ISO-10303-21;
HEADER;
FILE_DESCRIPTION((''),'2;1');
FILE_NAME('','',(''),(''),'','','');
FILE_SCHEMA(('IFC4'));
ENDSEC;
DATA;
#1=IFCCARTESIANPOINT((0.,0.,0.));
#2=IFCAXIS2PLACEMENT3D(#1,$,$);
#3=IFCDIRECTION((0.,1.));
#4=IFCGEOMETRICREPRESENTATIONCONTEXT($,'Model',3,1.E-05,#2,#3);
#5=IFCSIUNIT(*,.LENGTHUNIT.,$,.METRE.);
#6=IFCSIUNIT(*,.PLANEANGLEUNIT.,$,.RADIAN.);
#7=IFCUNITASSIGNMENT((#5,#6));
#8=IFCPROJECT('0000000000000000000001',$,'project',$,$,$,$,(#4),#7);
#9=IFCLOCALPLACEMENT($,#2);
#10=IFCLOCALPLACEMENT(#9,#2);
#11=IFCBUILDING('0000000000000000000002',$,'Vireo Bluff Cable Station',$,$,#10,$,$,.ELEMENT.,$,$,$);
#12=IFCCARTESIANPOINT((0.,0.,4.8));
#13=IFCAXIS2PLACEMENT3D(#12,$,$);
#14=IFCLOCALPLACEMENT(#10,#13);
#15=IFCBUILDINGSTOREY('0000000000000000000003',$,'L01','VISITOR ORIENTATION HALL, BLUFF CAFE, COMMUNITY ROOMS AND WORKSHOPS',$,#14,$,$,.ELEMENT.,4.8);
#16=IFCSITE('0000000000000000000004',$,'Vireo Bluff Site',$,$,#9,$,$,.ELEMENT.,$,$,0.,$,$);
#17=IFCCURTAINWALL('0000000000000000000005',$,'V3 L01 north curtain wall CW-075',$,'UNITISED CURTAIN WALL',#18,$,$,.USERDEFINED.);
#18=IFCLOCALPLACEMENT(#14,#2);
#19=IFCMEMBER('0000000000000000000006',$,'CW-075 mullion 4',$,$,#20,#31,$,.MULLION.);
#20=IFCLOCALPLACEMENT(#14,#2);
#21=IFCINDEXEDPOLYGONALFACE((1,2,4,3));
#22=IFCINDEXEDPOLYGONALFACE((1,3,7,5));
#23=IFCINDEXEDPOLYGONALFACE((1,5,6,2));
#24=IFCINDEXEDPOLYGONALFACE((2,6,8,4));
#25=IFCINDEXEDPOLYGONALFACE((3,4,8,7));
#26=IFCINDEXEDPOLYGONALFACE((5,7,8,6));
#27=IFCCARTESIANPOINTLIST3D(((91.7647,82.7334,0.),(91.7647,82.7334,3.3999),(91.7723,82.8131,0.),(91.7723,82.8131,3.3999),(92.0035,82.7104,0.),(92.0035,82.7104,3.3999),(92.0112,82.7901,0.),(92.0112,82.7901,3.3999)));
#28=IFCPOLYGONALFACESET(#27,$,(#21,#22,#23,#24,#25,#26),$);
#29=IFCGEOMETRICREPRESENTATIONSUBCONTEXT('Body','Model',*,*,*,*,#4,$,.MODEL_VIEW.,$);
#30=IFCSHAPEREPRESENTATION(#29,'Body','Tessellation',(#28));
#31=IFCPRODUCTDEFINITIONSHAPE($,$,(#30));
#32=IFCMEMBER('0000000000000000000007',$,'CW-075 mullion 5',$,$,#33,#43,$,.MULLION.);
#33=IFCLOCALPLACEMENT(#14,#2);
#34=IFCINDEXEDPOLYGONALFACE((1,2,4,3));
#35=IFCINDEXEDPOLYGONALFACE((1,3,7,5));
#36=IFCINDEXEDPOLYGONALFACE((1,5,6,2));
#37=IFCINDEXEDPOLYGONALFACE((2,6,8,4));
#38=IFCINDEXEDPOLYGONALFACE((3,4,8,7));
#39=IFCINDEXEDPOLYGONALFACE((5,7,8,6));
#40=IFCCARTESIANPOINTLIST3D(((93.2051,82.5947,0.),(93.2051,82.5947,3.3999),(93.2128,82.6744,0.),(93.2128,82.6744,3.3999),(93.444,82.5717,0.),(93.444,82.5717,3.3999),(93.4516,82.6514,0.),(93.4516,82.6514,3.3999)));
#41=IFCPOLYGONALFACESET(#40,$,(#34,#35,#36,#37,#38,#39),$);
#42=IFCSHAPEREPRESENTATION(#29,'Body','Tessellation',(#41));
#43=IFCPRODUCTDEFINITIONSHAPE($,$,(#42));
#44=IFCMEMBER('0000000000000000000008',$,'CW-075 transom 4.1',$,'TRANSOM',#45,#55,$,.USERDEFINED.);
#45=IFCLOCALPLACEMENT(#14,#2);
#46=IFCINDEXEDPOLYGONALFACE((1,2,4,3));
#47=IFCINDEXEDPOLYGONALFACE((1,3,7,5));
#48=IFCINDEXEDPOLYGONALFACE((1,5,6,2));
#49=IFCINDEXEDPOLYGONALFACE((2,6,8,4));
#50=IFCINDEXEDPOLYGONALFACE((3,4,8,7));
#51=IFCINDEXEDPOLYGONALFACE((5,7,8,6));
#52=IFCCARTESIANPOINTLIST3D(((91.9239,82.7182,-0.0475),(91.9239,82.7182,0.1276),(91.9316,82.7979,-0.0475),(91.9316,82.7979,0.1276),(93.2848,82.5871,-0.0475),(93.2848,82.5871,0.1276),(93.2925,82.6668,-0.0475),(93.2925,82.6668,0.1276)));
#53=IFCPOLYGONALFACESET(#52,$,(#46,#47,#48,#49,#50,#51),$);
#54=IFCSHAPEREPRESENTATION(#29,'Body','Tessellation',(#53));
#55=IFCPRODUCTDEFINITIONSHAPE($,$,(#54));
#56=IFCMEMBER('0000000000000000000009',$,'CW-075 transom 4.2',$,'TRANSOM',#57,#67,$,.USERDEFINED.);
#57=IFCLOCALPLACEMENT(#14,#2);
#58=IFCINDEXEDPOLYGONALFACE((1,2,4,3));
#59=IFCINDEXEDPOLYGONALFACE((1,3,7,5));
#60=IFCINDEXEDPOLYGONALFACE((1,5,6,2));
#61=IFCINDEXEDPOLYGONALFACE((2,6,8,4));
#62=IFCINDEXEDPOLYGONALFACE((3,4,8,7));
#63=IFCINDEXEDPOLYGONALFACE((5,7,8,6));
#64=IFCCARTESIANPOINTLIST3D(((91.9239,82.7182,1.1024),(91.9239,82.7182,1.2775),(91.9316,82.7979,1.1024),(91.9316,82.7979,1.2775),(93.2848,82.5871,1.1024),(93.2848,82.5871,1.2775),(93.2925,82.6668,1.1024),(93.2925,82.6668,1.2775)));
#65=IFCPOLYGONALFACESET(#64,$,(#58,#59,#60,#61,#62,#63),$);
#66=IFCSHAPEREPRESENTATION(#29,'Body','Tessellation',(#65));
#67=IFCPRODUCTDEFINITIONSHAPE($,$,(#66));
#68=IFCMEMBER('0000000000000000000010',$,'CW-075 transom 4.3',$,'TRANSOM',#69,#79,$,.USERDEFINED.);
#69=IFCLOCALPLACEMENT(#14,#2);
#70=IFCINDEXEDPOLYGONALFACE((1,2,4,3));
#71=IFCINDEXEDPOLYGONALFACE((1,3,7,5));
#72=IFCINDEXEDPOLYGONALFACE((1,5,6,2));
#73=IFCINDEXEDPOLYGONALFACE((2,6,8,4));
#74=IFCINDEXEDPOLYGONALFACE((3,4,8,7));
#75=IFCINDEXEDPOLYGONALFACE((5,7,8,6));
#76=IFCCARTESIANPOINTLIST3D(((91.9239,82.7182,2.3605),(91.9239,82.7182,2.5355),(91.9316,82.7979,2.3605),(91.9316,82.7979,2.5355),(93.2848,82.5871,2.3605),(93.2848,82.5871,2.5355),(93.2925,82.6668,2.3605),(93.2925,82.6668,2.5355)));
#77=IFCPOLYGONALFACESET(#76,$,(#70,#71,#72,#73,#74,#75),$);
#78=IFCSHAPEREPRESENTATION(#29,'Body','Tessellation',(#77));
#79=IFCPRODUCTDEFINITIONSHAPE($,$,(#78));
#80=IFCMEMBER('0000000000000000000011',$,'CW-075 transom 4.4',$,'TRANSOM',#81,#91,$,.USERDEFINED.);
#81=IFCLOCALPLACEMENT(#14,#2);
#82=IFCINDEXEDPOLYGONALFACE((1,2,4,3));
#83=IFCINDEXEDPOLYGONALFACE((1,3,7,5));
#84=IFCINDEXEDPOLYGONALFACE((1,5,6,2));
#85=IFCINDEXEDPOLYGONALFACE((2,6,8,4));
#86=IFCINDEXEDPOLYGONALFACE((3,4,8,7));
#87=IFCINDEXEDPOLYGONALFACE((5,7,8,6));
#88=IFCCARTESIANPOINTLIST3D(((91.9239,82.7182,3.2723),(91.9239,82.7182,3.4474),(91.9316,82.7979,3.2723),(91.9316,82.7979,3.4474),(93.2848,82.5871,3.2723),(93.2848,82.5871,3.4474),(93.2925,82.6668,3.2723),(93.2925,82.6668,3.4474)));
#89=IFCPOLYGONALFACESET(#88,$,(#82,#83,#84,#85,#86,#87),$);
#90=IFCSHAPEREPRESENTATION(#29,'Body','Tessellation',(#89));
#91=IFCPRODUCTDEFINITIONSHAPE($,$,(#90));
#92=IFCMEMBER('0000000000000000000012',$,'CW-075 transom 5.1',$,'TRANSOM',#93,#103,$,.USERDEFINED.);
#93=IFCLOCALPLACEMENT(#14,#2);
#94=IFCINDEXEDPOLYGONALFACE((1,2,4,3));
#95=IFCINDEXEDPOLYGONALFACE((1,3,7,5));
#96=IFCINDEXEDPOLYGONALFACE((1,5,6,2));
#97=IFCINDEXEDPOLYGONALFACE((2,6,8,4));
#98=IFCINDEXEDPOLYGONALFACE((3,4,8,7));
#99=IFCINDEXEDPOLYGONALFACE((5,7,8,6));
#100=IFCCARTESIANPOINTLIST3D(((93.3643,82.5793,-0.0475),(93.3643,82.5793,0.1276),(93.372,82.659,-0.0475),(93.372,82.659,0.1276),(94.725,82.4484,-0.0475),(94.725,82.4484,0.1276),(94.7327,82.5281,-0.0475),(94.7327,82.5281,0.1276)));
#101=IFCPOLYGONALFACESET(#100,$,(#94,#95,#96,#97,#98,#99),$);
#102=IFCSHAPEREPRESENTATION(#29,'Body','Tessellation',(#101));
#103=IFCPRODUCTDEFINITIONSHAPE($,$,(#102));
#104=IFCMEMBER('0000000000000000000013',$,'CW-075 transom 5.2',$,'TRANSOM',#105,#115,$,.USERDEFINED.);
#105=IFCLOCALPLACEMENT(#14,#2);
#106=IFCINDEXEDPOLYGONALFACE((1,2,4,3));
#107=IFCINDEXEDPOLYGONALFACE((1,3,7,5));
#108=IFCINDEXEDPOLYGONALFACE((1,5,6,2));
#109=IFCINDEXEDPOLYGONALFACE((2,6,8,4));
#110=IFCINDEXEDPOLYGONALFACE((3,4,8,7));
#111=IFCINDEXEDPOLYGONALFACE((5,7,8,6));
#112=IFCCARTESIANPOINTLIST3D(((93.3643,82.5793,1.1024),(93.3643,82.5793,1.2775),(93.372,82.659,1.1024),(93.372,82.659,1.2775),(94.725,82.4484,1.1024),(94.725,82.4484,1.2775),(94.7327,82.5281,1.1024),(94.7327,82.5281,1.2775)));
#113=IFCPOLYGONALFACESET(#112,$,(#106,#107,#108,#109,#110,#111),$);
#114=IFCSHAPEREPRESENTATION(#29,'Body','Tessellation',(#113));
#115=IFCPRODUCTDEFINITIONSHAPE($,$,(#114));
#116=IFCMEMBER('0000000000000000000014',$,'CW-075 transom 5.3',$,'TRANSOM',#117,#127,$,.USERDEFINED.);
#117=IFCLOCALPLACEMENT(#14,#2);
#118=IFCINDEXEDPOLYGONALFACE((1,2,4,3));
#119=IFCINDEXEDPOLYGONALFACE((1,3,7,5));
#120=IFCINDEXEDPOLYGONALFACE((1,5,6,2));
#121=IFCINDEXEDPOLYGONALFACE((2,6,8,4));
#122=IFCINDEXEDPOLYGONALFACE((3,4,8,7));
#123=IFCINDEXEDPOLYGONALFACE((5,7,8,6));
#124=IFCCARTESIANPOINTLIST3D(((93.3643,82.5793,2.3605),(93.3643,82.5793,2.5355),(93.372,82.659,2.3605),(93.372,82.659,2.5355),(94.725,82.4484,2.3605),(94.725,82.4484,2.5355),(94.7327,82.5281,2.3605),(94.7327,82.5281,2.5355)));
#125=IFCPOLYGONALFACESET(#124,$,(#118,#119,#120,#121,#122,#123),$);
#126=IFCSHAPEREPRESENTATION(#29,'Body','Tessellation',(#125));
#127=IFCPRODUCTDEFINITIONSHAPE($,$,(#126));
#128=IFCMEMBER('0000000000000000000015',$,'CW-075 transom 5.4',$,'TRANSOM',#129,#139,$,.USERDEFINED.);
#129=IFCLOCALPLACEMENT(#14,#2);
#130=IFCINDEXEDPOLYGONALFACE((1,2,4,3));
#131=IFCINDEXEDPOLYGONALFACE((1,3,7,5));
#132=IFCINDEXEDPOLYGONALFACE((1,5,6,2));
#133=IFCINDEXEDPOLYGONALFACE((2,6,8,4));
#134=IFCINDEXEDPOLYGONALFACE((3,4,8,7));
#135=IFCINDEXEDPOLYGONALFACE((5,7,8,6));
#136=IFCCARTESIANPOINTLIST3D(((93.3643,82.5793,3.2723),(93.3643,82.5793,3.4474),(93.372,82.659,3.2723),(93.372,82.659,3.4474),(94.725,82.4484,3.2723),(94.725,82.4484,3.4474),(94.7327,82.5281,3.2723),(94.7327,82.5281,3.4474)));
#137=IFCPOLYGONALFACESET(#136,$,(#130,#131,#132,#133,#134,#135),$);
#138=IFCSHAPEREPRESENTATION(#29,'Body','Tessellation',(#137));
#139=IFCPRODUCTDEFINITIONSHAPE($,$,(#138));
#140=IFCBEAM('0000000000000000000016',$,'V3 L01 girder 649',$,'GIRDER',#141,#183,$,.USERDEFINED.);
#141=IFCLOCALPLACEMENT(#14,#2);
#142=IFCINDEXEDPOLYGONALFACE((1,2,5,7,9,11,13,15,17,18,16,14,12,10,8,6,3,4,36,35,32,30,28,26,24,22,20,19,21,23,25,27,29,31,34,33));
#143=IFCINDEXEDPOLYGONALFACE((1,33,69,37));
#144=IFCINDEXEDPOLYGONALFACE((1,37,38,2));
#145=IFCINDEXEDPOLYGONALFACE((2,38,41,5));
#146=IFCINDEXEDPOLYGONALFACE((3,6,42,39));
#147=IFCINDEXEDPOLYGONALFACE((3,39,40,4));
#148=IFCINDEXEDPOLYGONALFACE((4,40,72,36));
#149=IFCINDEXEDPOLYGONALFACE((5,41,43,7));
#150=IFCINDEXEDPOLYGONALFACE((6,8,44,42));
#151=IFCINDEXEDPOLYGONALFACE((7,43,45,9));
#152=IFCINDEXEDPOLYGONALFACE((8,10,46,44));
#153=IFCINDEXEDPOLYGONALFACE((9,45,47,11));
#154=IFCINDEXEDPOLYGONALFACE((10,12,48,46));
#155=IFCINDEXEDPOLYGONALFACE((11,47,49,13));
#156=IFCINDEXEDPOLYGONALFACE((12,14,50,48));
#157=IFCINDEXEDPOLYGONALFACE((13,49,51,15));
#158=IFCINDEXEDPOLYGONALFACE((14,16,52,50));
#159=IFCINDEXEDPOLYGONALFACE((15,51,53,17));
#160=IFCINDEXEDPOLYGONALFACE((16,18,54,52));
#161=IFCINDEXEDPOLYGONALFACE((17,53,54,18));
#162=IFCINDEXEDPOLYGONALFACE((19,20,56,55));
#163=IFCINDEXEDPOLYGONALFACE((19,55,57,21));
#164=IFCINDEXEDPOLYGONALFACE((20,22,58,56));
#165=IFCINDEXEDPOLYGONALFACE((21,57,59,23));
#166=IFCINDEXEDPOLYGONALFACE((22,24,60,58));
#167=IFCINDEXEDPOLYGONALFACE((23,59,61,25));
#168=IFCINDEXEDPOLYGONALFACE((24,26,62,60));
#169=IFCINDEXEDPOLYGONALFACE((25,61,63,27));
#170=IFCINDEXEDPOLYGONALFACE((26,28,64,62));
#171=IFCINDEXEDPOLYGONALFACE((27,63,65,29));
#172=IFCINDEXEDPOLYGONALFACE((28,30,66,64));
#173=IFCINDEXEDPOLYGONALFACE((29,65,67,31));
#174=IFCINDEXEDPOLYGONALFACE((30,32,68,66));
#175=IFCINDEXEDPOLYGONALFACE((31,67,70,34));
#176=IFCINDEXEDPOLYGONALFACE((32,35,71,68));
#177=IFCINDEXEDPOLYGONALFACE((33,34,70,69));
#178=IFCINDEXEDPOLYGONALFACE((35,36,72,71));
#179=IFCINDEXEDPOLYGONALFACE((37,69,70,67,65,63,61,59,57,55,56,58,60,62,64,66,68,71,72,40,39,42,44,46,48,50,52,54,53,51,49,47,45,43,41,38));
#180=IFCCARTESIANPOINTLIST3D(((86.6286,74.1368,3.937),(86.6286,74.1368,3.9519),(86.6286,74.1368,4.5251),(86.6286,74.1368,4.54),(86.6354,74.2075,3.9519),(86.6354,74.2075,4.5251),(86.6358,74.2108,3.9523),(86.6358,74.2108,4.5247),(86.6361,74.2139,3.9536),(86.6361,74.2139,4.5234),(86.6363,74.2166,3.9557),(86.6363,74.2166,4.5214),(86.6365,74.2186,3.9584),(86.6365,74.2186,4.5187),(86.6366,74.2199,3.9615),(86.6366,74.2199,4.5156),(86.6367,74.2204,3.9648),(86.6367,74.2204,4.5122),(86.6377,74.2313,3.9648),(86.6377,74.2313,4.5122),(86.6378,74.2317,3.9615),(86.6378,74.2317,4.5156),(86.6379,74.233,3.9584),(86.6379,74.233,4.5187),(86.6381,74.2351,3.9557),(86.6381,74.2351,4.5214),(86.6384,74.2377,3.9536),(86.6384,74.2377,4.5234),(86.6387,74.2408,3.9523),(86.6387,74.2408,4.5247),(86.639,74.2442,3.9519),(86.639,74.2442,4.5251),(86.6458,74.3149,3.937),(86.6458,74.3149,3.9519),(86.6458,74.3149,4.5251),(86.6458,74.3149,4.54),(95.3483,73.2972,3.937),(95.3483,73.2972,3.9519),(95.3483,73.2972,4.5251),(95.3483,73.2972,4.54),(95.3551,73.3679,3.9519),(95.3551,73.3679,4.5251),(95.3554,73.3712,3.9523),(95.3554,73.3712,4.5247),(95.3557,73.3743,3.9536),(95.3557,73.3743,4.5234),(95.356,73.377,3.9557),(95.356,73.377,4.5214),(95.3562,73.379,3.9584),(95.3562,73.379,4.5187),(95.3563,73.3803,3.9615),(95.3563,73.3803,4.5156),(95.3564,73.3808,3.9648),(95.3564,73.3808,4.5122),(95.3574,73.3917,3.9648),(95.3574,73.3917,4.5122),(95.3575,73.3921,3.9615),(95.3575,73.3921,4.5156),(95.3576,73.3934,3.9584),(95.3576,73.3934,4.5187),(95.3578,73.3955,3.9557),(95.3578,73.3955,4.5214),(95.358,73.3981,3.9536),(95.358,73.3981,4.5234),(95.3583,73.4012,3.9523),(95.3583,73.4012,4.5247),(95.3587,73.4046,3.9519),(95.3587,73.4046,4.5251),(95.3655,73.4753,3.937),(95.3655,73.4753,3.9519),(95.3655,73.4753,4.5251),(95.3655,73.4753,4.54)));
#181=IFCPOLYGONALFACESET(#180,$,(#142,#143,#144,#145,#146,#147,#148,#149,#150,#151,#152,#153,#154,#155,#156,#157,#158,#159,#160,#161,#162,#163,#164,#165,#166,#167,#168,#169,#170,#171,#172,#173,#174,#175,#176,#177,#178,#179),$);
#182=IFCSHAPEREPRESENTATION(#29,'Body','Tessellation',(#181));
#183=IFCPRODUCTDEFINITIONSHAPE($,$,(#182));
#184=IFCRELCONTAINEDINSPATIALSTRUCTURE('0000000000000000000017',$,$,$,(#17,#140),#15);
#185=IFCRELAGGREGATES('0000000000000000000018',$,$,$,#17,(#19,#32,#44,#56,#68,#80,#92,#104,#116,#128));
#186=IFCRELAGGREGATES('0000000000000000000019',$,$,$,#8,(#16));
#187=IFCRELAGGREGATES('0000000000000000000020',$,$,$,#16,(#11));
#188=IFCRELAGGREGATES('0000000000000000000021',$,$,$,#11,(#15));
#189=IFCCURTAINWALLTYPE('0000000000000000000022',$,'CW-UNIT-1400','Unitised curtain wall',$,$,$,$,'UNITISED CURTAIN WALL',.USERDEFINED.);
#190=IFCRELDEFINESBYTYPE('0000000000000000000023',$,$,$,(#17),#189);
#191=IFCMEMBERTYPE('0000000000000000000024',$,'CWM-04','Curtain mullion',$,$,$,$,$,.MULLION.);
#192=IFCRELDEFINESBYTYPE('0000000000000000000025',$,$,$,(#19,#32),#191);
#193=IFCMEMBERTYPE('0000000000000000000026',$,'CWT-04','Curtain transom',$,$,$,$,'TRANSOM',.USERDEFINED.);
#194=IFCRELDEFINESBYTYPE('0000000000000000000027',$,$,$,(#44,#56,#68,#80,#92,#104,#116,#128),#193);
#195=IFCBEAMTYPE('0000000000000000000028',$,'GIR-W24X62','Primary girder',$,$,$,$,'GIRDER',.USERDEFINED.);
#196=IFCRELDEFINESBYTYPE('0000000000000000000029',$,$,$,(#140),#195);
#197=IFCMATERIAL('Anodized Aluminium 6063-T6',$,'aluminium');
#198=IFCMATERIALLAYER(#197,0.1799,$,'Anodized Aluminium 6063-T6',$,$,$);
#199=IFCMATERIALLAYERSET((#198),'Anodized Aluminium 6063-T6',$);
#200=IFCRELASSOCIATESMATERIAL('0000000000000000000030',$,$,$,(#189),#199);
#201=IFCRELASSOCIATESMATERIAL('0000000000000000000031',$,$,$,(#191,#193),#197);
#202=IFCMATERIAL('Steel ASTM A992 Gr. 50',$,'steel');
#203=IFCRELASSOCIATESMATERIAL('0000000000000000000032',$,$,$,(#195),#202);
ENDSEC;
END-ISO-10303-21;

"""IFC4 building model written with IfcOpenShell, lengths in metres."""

from ifc_helpers import new_model, si_unit, direction, frame, origin, origin_2d, place, context, subcontext, project, spatial, rectangle, i_section, extrude, material, layer, layer_set, material_profile, profile_set, type_object, element, aggregate, save


model = new_model("IFC4")

# Units and contexts
model_context = context("Model", 3, precision=1e-05, world=origin(), true_north=direction((0.0, 1.0)))
body_context = subcontext(model_context, "Body", "Model", "MODEL_VIEW")
ifc_project = project(units=[si_unit("LENGTHUNIT", "METRE"), si_unit("PLANEANGLEUNIT", "RADIAN")], contexts=[model_context])

# Site, building, storey
site_placement = place(None, origin())
site = spatial("IfcSite", under=ifc_project, at=site_placement, Name="Vireo Bluff Site", CompositionType="ELEMENT", RefElevation=0.0)
building_placement = place(site_placement, origin())
building = spatial("IfcBuilding", under=site, at=building_placement, Name="Vireo Bluff Cable Station", CompositionType="ELEMENT")
storey_placement = place(building_placement, frame((0.0, 0.0, 4.8)))
storey = spatial("IfcBuildingStorey", under=building, at=storey_placement, Name="L01", Description="VISITOR ORIENTATION HALL, BLUFF CAFE, COMMUNITY ROOMS AND WORKSHOPS", CompositionType="ELEMENT", Elevation=4.8)

# Curtain wall, members
ifc_material_1 = material(Name="Anodized Aluminium 6063-T6", Category="aluminium")
ifc_layer_1 = layer(ifc_material_1, 0.1799, Name="Anodized Aluminium 6063-T6")
ifc_layer_set_1 = layer_set([ifc_layer_1], Name="Anodized Aluminium 6063-T6")
curtain_wall_type = type_object("IfcCurtainWallType", Name="CW-UNIT-1400", Description="Unitised curtain wall", ElementType="UNITISED CURTAIN WALL", PredefinedType="USERDEFINED", material=ifc_layer_set_1)
curtain_wall_placement = place(storey_placement, origin())
curtain_wall = element("IfcCurtainWall", 1, at=curtain_wall_placement, inside=storey, type_object=curtain_wall_type, Name="V3 L01 north curtain wall CW-075", ObjectType="UNITISED CURTAIN WALL", PredefinedType="USERDEFINED")
ifc_material_profile_1 = material_profile(ifc_material_1, rectangle(XDim=0.0801, YDim=0.24, at=origin_2d()), Name="ALU-M-80X240")
ifc_profile_set_1 = profile_set([ifc_material_profile_1], Name="Anodized Aluminium 6063-T6")
member_type_1 = type_object("IfcMemberType", Name="CWM-04", Description="Curtain mullion", PredefinedType="MULLION", material=ifc_profile_set_1)
member_1_placement = place(storey_placement, frame((91.8879, 82.7617, 0.0), z_axis=(0.0, 0.0, 1.0), x_axis=(0.095846, 0.995396, 0.0)))
member_1 = element("IfcMember", 2, at=member_1_placement, type_object=member_type_1, Name="CW-075 mullion 4", PredefinedType="MULLION", context=body_context, shape_type="SweptSolid", body=[
    extrude(rectangle(XDim=0.0801, YDim=0.24, at=origin_2d()), origin(), (0.0, 0.0, 1.0), 3.3999),
])
member_2_placement = place(storey_placement, frame((93.3284, 82.623, 0.0), z_axis=(0.0, 0.0, 1.0), x_axis=(0.095846, 0.995396, 0.0)))
member_2 = element("IfcMember", 3, at=member_2_placement, type_object=member_type_1, Name="CW-075 mullion 5", PredefinedType="MULLION", context=body_context, shape_type="SweptSolid", body=[
    extrude(rectangle(XDim=0.0801, YDim=0.24, at=origin_2d()), origin(), (0.0, 0.0, 1.0), 3.3999),
])
ifc_material_profile_2 = material_profile(ifc_material_1, rectangle(XDim=0.0801, YDim=0.175, at=origin_2d()), Name="ALU-T-80X175")
ifc_profile_set_2 = profile_set([ifc_material_profile_2], Name="Anodized Aluminium 6063-T6")
member_type_2 = type_object("IfcMemberType", Name="CWT-04", Description="Curtain transom", ElementType="TRANSOM", PredefinedType="USERDEFINED", material=ifc_profile_set_2)
member_3_placement = place(storey_placement, frame((91.9277, 82.7581, 0.04), z_axis=(0.995391, -0.095896, 0.0), x_axis=(0.095896, 0.995391, 0.0)))
member_3 = element("IfcMember", 4, at=member_3_placement, type_object=member_type_2, Name="CW-075 transom 4.1", ObjectType="TRANSOM", PredefinedType="USERDEFINED", context=body_context, shape_type="SweptSolid", body=[
    extrude(rectangle(XDim=0.0801, YDim=0.175, at=origin_2d()), origin(), (0.0, 0.0, 1.0), 1.3672),
])
member_4_placement = place(storey_placement, frame((91.9277, 82.7581, 1.1899), z_axis=(0.995391, -0.095896, 0.0), x_axis=(0.095896, 0.995391, 0.0)))
member_4 = element("IfcMember", 5, at=member_4_placement, type_object=member_type_2, Name="CW-075 transom 4.2", ObjectType="TRANSOM", PredefinedType="USERDEFINED", context=body_context, shape_type="SweptSolid", body=[
    extrude(rectangle(XDim=0.0801, YDim=0.175, at=origin_2d()), origin(), (0.0, 0.0, 1.0), 1.3672),
])
member_5_placement = place(storey_placement, frame((91.9277, 82.7581, 2.448), z_axis=(0.995391, -0.095896, 0.0), x_axis=(0.095896, 0.995391, 0.0)))
member_5 = element("IfcMember", 6, at=member_5_placement, type_object=member_type_2, Name="CW-075 transom 4.3", ObjectType="TRANSOM", PredefinedType="USERDEFINED", context=body_context, shape_type="SweptSolid", body=[
    extrude(rectangle(XDim=0.0801, YDim=0.175, at=origin_2d()), origin(), (0.0, 0.0, 1.0), 1.3672),
])
member_6_placement = place(storey_placement, frame((91.9277, 82.7581, 3.3599), z_axis=(0.995391, -0.095896, 0.0), x_axis=(0.095896, 0.995391, 0.0)))
member_6 = element("IfcMember", 7, at=member_6_placement, type_object=member_type_2, Name="CW-075 transom 4.4", ObjectType="TRANSOM", PredefinedType="USERDEFINED", context=body_context, shape_type="SweptSolid", body=[
    extrude(rectangle(XDim=0.0801, YDim=0.175, at=origin_2d()), origin(), (0.0, 0.0, 1.0), 1.3672),
])
member_7_placement = place(storey_placement, frame((93.3682, 82.6191, 0.04), z_axis=(0.995407, -0.095736, 0.0), x_axis=(0.095736, 0.995407, 0.0)))
member_7 = element("IfcMember", 8, at=member_7_placement, type_object=member_type_2, Name="CW-075 transom 5.1", ObjectType="TRANSOM", PredefinedType="USERDEFINED", context=body_context, shape_type="SweptSolid", body=[
    extrude(rectangle(XDim=0.0801, YDim=0.175, at=origin_2d()), origin(), (0.0, 0.0, 1.0), 1.3669),
])
member_8_placement = place(storey_placement, frame((93.3682, 82.6191, 1.1899), z_axis=(0.995407, -0.095736, 0.0), x_axis=(0.095736, 0.995407, 0.0)))
member_8 = element("IfcMember", 9, at=member_8_placement, type_object=member_type_2, Name="CW-075 transom 5.2", ObjectType="TRANSOM", PredefinedType="USERDEFINED", context=body_context, shape_type="SweptSolid", body=[
    extrude(rectangle(XDim=0.0801, YDim=0.175, at=origin_2d()), origin(), (0.0, 0.0, 1.0), 1.3669),
])
member_9_placement = place(storey_placement, frame((93.3682, 82.6191, 2.448), z_axis=(0.995407, -0.095736, 0.0), x_axis=(0.095736, 0.995407, 0.0)))
member_9 = element("IfcMember", 10, at=member_9_placement, type_object=member_type_2, Name="CW-075 transom 5.3", ObjectType="TRANSOM", PredefinedType="USERDEFINED", context=body_context, shape_type="SweptSolid", body=[
    extrude(rectangle(XDim=0.0801, YDim=0.175, at=origin_2d()), origin(), (0.0, 0.0, 1.0), 1.3669),
])
member_10_placement = place(storey_placement, frame((93.3682, 82.6191, 3.3599), z_axis=(0.995407, -0.095736, 0.0), x_axis=(0.095736, 0.995407, 0.0)))
member_10 = element("IfcMember", 11, at=member_10_placement, type_object=member_type_2, Name="CW-075 transom 5.4", ObjectType="TRANSOM", PredefinedType="USERDEFINED", context=body_context, shape_type="SweptSolid", body=[
    extrude(rectangle(XDim=0.0801, YDim=0.175, at=origin_2d()), origin(), (0.0, 0.0, 1.0), 1.3669),
])

# Beam
ifc_material_2 = material(Name="Steel ASTM A992 Gr. 50", Category="steel")
ifc_material_profile_3 = material_profile(ifc_material_2, i_section(OverallWidth=0.179, OverallDepth=0.603, WebThickness=0.011, FlangeThickness=0.0149, FilletRadius=0.0129, at=origin_2d()), Name="W24X62")
ifc_profile_set_3 = profile_set([ifc_material_profile_3], Name="Steel ASTM A992 Gr. 50")
beam_type_1 = type_object("IfcBeamType", Name="GIR-W24X62", Description="Primary girder", ElementType="GIRDER", PredefinedType="USERDEFINED", material=ifc_profile_set_3)
beam_1_placement = place(storey_placement, frame((86.6372, 74.2258, 4.2385), z_axis=(0.995396, -0.095844, 0.0), x_axis=(0.095844, 0.995396, 0.0)))
element("IfcBeam", 12, at=beam_1_placement, inside=storey, type_object=beam_type_1, Name="V3 L01 girder 649", ObjectType="GIRDER", PredefinedType="USERDEFINED", context=body_context, shape_type="SweptSolid", body=[
    extrude(i_section(OverallWidth=0.179, OverallDepth=0.603, WebThickness=0.011, FlangeThickness=0.0149, FilletRadius=0.0129, at=origin_2d()), origin(), (0.0, 0.0, 1.0), 8.76),
])

aggregate(curtain_wall, [member_1, member_2, member_3, member_4, member_5, member_6, member_7, member_8, member_9, member_10])

save(model, "model.ifc")
